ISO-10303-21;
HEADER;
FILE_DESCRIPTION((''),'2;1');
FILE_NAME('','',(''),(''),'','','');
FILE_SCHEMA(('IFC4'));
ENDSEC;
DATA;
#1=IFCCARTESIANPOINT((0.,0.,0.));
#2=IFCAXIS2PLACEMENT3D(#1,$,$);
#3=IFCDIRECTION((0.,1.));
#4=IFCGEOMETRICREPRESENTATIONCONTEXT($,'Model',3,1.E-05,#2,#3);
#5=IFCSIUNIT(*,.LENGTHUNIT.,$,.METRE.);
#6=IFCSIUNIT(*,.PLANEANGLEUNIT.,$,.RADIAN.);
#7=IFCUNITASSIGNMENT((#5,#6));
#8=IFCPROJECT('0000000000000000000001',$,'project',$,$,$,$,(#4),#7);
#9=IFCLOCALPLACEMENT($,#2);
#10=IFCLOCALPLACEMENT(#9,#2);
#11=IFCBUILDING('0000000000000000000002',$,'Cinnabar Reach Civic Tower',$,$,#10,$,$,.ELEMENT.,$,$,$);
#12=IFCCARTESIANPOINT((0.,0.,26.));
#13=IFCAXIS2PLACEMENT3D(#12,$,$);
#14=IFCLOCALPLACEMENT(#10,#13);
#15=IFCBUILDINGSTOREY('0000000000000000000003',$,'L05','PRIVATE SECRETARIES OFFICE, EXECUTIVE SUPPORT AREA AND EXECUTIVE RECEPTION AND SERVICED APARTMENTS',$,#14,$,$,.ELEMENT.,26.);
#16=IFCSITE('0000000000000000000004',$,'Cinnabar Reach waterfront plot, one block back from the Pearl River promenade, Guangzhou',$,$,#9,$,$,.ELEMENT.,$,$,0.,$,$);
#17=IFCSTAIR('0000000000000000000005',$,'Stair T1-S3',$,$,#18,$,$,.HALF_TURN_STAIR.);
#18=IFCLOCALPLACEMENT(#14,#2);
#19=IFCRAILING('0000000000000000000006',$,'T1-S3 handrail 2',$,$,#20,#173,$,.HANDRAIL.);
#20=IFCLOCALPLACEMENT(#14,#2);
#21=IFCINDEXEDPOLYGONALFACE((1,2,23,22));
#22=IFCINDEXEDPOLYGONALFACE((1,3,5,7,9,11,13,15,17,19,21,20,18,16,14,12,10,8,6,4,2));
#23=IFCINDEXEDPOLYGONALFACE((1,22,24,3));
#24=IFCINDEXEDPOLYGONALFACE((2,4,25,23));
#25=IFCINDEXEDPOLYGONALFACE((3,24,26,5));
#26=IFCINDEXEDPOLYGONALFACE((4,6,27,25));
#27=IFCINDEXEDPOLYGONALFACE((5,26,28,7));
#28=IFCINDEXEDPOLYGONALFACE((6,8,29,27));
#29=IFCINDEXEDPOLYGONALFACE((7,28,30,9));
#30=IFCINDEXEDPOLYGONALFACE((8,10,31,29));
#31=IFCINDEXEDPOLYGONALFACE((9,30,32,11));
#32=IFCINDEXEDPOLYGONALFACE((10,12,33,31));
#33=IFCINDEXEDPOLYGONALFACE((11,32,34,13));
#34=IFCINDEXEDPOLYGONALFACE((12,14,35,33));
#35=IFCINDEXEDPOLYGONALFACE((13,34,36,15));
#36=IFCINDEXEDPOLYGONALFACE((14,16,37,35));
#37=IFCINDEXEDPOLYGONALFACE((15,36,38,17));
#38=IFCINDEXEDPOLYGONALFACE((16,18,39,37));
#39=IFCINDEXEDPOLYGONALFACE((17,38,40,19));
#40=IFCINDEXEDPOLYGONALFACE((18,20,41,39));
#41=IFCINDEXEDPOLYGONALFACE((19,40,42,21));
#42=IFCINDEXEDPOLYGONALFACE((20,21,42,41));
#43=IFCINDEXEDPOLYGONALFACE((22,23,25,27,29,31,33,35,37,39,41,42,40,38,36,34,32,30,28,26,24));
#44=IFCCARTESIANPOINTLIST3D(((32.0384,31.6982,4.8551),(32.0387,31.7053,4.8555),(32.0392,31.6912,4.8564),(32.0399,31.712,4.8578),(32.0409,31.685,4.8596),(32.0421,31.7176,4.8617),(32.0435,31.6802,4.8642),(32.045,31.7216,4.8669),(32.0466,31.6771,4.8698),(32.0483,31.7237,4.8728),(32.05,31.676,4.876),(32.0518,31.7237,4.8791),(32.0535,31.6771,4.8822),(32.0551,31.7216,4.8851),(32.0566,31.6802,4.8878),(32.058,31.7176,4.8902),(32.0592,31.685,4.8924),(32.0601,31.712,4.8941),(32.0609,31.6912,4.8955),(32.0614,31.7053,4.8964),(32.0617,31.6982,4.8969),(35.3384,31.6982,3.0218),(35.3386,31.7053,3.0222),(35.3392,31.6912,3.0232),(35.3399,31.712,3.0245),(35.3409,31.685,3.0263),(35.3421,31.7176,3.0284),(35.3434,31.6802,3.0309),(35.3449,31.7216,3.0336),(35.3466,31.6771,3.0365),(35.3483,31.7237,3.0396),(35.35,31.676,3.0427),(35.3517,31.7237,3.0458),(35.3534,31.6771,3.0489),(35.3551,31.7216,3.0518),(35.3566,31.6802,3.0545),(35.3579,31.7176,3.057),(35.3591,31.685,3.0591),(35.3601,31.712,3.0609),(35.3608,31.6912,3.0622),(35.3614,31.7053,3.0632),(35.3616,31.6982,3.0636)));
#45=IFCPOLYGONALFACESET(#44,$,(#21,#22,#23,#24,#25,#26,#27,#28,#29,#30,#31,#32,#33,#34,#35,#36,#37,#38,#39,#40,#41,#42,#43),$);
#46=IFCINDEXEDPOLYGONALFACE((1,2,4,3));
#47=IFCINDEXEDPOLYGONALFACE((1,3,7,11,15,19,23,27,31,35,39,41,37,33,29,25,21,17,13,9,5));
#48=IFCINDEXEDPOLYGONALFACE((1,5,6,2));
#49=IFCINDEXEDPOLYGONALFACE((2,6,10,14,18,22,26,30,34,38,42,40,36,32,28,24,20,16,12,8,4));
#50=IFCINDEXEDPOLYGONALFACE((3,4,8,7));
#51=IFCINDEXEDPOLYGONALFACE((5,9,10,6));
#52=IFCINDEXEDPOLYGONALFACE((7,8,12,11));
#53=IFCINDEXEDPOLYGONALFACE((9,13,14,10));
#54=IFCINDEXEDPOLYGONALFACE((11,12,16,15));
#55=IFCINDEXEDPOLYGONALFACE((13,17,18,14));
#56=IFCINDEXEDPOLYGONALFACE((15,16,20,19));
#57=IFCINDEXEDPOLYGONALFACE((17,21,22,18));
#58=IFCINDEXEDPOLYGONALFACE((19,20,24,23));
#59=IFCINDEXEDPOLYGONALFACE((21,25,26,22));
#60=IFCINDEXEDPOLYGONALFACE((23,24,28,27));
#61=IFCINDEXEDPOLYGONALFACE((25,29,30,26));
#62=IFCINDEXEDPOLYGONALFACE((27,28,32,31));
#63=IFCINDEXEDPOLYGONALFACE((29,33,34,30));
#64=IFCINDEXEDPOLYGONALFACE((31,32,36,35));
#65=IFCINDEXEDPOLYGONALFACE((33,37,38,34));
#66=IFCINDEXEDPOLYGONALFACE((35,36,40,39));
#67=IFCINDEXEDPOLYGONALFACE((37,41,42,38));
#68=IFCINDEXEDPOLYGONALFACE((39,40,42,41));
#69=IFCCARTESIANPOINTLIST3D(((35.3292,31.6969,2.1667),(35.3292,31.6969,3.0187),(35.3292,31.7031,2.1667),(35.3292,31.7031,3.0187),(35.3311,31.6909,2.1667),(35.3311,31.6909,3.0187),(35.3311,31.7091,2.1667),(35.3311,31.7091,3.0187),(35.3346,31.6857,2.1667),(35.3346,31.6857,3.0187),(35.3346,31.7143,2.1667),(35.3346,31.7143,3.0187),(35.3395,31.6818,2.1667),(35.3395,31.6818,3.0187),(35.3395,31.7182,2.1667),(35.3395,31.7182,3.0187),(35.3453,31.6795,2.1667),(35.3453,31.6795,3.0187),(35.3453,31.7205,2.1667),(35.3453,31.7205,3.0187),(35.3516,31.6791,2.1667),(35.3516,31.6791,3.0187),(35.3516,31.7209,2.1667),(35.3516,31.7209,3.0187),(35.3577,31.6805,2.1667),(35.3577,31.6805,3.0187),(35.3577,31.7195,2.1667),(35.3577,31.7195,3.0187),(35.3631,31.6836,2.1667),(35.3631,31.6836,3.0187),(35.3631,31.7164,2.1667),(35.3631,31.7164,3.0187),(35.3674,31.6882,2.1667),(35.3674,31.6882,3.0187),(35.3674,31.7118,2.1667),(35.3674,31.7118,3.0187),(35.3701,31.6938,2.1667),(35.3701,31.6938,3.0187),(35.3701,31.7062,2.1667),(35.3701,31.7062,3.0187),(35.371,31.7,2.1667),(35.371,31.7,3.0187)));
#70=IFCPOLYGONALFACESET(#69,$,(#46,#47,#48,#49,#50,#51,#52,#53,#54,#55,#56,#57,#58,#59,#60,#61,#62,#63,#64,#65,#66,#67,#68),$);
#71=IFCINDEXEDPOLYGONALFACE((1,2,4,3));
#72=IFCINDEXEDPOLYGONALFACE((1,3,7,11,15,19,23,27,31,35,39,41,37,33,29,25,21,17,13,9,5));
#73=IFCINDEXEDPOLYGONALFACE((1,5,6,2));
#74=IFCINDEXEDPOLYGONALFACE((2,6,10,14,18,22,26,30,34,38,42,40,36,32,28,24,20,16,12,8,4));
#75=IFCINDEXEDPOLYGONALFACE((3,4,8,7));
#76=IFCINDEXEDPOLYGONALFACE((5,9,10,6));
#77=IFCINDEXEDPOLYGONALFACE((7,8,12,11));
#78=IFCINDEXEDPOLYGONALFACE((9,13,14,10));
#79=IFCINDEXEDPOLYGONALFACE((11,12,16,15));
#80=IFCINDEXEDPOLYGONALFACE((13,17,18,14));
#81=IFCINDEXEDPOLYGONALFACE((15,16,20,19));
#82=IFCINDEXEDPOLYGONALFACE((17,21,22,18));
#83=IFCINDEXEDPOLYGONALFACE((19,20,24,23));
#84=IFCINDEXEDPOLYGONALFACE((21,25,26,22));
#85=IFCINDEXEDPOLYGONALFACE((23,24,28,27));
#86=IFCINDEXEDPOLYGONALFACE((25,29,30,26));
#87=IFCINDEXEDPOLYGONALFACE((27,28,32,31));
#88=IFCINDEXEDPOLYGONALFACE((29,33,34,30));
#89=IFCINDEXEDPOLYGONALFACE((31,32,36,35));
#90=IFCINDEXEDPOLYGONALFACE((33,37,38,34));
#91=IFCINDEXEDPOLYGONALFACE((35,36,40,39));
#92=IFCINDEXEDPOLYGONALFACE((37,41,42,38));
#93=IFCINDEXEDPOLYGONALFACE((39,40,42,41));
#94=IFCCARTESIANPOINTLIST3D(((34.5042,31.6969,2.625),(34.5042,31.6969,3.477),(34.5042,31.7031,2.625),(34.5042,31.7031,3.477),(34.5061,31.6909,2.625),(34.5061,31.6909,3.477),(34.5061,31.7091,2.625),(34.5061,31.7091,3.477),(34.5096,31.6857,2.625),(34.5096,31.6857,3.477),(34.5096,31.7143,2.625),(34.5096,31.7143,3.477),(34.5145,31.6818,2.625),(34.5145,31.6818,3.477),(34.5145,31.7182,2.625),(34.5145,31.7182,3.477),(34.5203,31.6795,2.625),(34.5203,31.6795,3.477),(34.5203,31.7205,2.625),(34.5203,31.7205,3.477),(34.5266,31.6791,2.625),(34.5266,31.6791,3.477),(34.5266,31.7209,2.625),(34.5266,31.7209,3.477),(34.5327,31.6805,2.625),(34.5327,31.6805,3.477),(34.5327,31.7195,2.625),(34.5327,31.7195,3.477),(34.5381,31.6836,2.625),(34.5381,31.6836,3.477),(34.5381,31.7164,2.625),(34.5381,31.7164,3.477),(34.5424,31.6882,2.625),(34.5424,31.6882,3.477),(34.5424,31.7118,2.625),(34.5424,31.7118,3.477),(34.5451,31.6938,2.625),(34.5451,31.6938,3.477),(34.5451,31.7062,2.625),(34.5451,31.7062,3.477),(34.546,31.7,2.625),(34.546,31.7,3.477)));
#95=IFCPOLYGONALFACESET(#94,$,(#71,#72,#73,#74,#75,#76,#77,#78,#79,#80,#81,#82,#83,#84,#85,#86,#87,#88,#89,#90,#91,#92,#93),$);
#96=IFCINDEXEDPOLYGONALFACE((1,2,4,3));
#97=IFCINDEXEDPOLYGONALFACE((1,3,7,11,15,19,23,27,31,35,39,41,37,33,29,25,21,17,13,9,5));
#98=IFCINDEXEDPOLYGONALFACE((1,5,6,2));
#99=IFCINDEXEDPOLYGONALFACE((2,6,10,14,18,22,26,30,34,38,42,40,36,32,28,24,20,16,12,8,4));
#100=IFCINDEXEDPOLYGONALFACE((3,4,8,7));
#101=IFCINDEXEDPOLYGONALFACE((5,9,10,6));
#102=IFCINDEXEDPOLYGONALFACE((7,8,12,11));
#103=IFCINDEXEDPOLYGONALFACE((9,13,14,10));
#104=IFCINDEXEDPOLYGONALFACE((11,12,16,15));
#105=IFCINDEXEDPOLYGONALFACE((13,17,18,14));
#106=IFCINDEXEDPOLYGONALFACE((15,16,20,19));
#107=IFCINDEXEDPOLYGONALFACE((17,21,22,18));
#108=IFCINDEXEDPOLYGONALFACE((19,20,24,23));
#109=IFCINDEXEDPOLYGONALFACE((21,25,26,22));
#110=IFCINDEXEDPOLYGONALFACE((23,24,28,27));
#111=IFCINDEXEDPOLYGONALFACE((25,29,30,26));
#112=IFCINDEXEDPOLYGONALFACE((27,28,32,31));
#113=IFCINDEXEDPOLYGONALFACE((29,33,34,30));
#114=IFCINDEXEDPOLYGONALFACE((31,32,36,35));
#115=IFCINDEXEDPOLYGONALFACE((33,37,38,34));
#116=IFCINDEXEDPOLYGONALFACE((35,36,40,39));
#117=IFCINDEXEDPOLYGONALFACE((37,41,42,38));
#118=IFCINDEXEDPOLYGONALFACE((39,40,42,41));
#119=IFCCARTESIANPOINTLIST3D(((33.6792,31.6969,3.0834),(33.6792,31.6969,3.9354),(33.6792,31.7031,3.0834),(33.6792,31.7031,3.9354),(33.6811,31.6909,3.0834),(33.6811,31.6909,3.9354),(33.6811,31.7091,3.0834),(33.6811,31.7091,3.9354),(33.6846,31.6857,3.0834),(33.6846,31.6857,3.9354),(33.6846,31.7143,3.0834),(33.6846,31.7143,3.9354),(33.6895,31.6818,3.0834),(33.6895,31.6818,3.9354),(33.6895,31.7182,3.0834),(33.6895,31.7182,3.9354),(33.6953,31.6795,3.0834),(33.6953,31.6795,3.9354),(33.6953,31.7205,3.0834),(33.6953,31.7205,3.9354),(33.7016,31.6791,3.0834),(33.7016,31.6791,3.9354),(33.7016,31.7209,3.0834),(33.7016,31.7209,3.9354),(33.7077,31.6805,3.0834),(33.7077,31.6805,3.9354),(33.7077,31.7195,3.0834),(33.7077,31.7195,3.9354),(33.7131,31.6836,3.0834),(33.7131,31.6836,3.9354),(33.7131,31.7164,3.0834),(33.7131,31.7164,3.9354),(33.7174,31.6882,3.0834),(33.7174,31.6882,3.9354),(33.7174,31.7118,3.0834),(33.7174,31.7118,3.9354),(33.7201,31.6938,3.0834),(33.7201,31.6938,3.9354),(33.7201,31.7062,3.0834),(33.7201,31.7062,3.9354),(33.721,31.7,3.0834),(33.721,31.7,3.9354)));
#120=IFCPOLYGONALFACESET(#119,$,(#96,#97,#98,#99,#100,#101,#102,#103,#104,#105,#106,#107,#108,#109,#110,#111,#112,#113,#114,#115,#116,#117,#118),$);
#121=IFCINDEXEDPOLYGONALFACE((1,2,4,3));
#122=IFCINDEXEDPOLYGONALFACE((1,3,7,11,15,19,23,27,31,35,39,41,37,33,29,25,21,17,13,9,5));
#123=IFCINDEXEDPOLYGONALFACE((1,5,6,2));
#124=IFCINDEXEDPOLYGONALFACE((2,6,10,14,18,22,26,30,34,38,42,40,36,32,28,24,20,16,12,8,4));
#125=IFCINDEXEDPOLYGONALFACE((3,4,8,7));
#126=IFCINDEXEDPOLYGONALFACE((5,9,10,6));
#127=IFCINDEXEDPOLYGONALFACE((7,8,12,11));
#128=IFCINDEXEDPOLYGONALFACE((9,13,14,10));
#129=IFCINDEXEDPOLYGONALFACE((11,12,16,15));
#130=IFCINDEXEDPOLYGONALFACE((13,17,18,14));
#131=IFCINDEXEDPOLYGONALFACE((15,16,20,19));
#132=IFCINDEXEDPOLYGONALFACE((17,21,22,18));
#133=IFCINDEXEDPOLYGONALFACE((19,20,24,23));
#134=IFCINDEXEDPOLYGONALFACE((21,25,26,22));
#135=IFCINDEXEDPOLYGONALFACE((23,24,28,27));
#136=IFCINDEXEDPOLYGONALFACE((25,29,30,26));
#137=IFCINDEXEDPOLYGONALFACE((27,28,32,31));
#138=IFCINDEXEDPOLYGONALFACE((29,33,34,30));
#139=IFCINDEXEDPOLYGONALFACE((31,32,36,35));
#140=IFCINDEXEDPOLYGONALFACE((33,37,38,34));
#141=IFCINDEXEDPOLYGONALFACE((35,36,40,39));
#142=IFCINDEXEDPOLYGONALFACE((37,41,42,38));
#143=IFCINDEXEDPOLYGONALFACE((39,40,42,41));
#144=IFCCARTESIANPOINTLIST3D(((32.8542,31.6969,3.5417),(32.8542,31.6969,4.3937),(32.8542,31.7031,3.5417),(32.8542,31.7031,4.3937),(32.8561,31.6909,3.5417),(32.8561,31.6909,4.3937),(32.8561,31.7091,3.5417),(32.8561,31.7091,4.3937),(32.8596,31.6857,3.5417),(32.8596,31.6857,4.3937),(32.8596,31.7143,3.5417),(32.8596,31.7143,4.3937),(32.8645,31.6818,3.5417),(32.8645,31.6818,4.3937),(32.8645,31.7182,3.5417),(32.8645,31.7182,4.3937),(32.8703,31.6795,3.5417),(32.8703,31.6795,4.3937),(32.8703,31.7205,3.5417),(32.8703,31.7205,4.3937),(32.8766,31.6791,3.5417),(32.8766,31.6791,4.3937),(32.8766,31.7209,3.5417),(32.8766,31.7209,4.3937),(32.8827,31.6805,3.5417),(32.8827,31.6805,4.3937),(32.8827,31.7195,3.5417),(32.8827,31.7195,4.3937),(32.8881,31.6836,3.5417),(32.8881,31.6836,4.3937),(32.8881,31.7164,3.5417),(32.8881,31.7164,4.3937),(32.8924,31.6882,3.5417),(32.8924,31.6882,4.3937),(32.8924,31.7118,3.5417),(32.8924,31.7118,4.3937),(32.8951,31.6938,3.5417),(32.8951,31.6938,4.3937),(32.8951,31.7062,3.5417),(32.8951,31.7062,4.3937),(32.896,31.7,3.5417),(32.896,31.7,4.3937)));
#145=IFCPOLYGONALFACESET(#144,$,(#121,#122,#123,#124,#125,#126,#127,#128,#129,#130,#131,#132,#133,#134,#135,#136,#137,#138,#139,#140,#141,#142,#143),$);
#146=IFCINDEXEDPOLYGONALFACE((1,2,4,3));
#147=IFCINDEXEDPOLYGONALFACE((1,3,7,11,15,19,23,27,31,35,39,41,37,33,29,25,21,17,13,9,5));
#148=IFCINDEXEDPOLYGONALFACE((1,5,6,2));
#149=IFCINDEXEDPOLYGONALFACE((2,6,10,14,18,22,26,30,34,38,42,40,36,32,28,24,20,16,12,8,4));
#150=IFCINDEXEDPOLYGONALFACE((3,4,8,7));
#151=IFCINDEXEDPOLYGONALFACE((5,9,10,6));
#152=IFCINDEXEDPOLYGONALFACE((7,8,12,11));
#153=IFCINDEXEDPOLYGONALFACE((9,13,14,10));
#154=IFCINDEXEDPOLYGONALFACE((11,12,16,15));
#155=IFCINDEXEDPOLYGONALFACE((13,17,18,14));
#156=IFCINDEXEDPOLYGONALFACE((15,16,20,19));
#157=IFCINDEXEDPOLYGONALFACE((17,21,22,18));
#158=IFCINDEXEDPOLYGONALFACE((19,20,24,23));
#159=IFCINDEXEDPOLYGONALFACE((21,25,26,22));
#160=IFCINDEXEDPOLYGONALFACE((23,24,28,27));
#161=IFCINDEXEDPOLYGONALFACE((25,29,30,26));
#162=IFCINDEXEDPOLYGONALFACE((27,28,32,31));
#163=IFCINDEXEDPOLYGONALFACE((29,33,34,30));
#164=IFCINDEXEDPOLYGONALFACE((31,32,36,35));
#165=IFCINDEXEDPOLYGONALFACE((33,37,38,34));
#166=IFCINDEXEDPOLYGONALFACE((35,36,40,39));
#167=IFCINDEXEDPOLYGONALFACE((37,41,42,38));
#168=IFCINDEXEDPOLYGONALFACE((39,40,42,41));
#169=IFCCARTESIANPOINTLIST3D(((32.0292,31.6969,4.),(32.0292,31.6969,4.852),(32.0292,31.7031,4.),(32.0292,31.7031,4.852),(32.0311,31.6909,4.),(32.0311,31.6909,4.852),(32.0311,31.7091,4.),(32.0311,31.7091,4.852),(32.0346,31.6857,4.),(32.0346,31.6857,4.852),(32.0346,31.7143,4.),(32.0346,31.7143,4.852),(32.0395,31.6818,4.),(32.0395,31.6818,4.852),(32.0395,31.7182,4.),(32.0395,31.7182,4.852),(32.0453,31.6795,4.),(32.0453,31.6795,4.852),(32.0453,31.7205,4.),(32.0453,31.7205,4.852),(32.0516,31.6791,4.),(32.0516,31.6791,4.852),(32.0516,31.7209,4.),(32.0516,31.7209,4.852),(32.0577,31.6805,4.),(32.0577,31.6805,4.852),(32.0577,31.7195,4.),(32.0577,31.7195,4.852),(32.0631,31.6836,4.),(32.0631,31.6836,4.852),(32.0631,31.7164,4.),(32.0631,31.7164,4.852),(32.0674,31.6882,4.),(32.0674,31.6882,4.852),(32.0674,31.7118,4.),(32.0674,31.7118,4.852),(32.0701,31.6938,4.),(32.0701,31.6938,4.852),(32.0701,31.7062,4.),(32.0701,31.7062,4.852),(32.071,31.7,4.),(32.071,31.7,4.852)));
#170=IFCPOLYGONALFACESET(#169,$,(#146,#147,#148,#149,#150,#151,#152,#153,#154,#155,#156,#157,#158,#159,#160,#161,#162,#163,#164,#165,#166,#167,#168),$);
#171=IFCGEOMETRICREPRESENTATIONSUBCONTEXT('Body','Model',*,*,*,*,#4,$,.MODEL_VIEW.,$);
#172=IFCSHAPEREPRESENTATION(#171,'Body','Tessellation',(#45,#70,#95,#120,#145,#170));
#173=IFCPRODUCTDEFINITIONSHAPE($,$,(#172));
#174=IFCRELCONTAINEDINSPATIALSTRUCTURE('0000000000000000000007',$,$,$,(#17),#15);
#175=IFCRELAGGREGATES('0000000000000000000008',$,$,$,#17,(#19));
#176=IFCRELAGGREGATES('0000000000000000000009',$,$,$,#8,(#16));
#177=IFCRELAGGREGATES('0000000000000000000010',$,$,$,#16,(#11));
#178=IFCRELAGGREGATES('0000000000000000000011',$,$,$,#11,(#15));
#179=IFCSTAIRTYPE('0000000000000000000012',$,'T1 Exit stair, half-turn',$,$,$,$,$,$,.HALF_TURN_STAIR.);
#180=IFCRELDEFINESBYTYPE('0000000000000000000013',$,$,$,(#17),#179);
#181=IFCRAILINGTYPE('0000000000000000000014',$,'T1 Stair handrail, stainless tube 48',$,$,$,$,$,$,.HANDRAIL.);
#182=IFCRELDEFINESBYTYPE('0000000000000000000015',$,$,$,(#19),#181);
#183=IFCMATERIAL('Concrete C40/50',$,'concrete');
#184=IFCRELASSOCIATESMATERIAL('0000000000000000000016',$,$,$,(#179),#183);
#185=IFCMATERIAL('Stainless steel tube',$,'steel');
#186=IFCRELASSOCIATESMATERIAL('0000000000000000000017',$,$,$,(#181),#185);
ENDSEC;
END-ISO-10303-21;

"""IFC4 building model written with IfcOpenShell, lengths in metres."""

from ifc_helpers import new_model, si_unit, direction, frame, origin, origin_2d, place, context, subcontext, project, spatial, circle, extrude, material, type_object, element, aggregate, save


model = new_model("IFC4")

# Units and contexts
model_context = context("Model", 3, precision=1e-05, world=origin(), true_north=direction((0.0, 1.0)))
body_context = subcontext(model_context, "Body", "Model", "MODEL_VIEW")
ifc_project = project(units=[si_unit("LENGTHUNIT", "METRE"), si_unit("PLANEANGLEUNIT", "RADIAN")], contexts=[model_context])

# Site, building, storey
site_placement = place(None, origin())
site = spatial("IfcSite", under=ifc_project, at=site_placement, Name="Cinnabar Reach waterfront plot, one block back from the Pearl River promenade, Guangzhou", CompositionType="ELEMENT", RefElevation=0.0)
building_placement = place(site_placement, origin())
building = spatial("IfcBuilding", under=site, at=building_placement, Name="Cinnabar Reach Civic Tower", CompositionType="ELEMENT")
storey_placement = place(building_placement, frame((0.0, 0.0, 26.0)))
storey = spatial("IfcBuildingStorey", under=building, at=storey_placement, Name="L05", Description="PRIVATE SECRETARIES OFFICE, EXECUTIVE SUPPORT AREA AND EXECUTIVE RECEPTION AND SERVICED APARTMENTS", CompositionType="ELEMENT", Elevation=26.0)

# Stair, railing
ifc_material_1 = material(Name="Concrete C40/50", Category="concrete")
stair_type = type_object("IfcStairType", Name="T1 Exit stair, half-turn", PredefinedType="HALF_TURN_STAIR", material=ifc_material_1)
stair_placement = place(storey_placement, origin())
stair = element("IfcStair", 1, at=stair_placement, inside=storey, type_object=stair_type, Name="Stair T1-S3", PredefinedType="HALF_TURN_STAIR")
ifc_material_2 = material(Name="Stainless steel tube", Category="steel")
railing_type = type_object("IfcRailingType", Name="T1 Stair handrail, stainless tube 48", PredefinedType="HANDRAIL", material=ifc_material_2)
railing_1_placement = place(storey_placement, frame((35.35, 31.7, 2.1667)))
railing_1 = element("IfcRailing", 2, at=railing_1_placement, type_object=railing_type, Name="T1-S3 handrail 2", PredefinedType="HANDRAIL", context=body_context, shape_type="SweptSolid", body=[
    extrude(circle(Radius=0.024, at=origin_2d()), frame((0.0, 0.0, 0.876), z_axis=(-0.874161, 0.0, 0.485636), x_axis=(0.0, -1.0, 0.0)), (0.0, 0.0, 1.0), 3.775),
    extrude(circle(Radius=0.021, at=origin_2d()), origin(), (0.0, 0.0, 1.0), 0.852),
    extrude(circle(Radius=0.021, at=origin_2d()), frame((-0.825, 0.0, 0.4583)), (0.0, 0.0, 1.0), 0.852),
    extrude(circle(Radius=0.021, at=origin_2d()), frame((-1.65, 0.0, 0.9167)), (0.0, 0.0, 1.0), 0.852),
    extrude(circle(Radius=0.021, at=origin_2d()), frame((-2.475, 0.0, 1.375)), (0.0, 0.0, 1.0), 0.852),
    extrude(circle(Radius=0.021, at=origin_2d()), frame((-3.3, 0.0, 1.8333)), (0.0, 0.0, 1.0), 0.852),
])
aggregate(stair, [railing_1])

save(model, "model.ifc")
